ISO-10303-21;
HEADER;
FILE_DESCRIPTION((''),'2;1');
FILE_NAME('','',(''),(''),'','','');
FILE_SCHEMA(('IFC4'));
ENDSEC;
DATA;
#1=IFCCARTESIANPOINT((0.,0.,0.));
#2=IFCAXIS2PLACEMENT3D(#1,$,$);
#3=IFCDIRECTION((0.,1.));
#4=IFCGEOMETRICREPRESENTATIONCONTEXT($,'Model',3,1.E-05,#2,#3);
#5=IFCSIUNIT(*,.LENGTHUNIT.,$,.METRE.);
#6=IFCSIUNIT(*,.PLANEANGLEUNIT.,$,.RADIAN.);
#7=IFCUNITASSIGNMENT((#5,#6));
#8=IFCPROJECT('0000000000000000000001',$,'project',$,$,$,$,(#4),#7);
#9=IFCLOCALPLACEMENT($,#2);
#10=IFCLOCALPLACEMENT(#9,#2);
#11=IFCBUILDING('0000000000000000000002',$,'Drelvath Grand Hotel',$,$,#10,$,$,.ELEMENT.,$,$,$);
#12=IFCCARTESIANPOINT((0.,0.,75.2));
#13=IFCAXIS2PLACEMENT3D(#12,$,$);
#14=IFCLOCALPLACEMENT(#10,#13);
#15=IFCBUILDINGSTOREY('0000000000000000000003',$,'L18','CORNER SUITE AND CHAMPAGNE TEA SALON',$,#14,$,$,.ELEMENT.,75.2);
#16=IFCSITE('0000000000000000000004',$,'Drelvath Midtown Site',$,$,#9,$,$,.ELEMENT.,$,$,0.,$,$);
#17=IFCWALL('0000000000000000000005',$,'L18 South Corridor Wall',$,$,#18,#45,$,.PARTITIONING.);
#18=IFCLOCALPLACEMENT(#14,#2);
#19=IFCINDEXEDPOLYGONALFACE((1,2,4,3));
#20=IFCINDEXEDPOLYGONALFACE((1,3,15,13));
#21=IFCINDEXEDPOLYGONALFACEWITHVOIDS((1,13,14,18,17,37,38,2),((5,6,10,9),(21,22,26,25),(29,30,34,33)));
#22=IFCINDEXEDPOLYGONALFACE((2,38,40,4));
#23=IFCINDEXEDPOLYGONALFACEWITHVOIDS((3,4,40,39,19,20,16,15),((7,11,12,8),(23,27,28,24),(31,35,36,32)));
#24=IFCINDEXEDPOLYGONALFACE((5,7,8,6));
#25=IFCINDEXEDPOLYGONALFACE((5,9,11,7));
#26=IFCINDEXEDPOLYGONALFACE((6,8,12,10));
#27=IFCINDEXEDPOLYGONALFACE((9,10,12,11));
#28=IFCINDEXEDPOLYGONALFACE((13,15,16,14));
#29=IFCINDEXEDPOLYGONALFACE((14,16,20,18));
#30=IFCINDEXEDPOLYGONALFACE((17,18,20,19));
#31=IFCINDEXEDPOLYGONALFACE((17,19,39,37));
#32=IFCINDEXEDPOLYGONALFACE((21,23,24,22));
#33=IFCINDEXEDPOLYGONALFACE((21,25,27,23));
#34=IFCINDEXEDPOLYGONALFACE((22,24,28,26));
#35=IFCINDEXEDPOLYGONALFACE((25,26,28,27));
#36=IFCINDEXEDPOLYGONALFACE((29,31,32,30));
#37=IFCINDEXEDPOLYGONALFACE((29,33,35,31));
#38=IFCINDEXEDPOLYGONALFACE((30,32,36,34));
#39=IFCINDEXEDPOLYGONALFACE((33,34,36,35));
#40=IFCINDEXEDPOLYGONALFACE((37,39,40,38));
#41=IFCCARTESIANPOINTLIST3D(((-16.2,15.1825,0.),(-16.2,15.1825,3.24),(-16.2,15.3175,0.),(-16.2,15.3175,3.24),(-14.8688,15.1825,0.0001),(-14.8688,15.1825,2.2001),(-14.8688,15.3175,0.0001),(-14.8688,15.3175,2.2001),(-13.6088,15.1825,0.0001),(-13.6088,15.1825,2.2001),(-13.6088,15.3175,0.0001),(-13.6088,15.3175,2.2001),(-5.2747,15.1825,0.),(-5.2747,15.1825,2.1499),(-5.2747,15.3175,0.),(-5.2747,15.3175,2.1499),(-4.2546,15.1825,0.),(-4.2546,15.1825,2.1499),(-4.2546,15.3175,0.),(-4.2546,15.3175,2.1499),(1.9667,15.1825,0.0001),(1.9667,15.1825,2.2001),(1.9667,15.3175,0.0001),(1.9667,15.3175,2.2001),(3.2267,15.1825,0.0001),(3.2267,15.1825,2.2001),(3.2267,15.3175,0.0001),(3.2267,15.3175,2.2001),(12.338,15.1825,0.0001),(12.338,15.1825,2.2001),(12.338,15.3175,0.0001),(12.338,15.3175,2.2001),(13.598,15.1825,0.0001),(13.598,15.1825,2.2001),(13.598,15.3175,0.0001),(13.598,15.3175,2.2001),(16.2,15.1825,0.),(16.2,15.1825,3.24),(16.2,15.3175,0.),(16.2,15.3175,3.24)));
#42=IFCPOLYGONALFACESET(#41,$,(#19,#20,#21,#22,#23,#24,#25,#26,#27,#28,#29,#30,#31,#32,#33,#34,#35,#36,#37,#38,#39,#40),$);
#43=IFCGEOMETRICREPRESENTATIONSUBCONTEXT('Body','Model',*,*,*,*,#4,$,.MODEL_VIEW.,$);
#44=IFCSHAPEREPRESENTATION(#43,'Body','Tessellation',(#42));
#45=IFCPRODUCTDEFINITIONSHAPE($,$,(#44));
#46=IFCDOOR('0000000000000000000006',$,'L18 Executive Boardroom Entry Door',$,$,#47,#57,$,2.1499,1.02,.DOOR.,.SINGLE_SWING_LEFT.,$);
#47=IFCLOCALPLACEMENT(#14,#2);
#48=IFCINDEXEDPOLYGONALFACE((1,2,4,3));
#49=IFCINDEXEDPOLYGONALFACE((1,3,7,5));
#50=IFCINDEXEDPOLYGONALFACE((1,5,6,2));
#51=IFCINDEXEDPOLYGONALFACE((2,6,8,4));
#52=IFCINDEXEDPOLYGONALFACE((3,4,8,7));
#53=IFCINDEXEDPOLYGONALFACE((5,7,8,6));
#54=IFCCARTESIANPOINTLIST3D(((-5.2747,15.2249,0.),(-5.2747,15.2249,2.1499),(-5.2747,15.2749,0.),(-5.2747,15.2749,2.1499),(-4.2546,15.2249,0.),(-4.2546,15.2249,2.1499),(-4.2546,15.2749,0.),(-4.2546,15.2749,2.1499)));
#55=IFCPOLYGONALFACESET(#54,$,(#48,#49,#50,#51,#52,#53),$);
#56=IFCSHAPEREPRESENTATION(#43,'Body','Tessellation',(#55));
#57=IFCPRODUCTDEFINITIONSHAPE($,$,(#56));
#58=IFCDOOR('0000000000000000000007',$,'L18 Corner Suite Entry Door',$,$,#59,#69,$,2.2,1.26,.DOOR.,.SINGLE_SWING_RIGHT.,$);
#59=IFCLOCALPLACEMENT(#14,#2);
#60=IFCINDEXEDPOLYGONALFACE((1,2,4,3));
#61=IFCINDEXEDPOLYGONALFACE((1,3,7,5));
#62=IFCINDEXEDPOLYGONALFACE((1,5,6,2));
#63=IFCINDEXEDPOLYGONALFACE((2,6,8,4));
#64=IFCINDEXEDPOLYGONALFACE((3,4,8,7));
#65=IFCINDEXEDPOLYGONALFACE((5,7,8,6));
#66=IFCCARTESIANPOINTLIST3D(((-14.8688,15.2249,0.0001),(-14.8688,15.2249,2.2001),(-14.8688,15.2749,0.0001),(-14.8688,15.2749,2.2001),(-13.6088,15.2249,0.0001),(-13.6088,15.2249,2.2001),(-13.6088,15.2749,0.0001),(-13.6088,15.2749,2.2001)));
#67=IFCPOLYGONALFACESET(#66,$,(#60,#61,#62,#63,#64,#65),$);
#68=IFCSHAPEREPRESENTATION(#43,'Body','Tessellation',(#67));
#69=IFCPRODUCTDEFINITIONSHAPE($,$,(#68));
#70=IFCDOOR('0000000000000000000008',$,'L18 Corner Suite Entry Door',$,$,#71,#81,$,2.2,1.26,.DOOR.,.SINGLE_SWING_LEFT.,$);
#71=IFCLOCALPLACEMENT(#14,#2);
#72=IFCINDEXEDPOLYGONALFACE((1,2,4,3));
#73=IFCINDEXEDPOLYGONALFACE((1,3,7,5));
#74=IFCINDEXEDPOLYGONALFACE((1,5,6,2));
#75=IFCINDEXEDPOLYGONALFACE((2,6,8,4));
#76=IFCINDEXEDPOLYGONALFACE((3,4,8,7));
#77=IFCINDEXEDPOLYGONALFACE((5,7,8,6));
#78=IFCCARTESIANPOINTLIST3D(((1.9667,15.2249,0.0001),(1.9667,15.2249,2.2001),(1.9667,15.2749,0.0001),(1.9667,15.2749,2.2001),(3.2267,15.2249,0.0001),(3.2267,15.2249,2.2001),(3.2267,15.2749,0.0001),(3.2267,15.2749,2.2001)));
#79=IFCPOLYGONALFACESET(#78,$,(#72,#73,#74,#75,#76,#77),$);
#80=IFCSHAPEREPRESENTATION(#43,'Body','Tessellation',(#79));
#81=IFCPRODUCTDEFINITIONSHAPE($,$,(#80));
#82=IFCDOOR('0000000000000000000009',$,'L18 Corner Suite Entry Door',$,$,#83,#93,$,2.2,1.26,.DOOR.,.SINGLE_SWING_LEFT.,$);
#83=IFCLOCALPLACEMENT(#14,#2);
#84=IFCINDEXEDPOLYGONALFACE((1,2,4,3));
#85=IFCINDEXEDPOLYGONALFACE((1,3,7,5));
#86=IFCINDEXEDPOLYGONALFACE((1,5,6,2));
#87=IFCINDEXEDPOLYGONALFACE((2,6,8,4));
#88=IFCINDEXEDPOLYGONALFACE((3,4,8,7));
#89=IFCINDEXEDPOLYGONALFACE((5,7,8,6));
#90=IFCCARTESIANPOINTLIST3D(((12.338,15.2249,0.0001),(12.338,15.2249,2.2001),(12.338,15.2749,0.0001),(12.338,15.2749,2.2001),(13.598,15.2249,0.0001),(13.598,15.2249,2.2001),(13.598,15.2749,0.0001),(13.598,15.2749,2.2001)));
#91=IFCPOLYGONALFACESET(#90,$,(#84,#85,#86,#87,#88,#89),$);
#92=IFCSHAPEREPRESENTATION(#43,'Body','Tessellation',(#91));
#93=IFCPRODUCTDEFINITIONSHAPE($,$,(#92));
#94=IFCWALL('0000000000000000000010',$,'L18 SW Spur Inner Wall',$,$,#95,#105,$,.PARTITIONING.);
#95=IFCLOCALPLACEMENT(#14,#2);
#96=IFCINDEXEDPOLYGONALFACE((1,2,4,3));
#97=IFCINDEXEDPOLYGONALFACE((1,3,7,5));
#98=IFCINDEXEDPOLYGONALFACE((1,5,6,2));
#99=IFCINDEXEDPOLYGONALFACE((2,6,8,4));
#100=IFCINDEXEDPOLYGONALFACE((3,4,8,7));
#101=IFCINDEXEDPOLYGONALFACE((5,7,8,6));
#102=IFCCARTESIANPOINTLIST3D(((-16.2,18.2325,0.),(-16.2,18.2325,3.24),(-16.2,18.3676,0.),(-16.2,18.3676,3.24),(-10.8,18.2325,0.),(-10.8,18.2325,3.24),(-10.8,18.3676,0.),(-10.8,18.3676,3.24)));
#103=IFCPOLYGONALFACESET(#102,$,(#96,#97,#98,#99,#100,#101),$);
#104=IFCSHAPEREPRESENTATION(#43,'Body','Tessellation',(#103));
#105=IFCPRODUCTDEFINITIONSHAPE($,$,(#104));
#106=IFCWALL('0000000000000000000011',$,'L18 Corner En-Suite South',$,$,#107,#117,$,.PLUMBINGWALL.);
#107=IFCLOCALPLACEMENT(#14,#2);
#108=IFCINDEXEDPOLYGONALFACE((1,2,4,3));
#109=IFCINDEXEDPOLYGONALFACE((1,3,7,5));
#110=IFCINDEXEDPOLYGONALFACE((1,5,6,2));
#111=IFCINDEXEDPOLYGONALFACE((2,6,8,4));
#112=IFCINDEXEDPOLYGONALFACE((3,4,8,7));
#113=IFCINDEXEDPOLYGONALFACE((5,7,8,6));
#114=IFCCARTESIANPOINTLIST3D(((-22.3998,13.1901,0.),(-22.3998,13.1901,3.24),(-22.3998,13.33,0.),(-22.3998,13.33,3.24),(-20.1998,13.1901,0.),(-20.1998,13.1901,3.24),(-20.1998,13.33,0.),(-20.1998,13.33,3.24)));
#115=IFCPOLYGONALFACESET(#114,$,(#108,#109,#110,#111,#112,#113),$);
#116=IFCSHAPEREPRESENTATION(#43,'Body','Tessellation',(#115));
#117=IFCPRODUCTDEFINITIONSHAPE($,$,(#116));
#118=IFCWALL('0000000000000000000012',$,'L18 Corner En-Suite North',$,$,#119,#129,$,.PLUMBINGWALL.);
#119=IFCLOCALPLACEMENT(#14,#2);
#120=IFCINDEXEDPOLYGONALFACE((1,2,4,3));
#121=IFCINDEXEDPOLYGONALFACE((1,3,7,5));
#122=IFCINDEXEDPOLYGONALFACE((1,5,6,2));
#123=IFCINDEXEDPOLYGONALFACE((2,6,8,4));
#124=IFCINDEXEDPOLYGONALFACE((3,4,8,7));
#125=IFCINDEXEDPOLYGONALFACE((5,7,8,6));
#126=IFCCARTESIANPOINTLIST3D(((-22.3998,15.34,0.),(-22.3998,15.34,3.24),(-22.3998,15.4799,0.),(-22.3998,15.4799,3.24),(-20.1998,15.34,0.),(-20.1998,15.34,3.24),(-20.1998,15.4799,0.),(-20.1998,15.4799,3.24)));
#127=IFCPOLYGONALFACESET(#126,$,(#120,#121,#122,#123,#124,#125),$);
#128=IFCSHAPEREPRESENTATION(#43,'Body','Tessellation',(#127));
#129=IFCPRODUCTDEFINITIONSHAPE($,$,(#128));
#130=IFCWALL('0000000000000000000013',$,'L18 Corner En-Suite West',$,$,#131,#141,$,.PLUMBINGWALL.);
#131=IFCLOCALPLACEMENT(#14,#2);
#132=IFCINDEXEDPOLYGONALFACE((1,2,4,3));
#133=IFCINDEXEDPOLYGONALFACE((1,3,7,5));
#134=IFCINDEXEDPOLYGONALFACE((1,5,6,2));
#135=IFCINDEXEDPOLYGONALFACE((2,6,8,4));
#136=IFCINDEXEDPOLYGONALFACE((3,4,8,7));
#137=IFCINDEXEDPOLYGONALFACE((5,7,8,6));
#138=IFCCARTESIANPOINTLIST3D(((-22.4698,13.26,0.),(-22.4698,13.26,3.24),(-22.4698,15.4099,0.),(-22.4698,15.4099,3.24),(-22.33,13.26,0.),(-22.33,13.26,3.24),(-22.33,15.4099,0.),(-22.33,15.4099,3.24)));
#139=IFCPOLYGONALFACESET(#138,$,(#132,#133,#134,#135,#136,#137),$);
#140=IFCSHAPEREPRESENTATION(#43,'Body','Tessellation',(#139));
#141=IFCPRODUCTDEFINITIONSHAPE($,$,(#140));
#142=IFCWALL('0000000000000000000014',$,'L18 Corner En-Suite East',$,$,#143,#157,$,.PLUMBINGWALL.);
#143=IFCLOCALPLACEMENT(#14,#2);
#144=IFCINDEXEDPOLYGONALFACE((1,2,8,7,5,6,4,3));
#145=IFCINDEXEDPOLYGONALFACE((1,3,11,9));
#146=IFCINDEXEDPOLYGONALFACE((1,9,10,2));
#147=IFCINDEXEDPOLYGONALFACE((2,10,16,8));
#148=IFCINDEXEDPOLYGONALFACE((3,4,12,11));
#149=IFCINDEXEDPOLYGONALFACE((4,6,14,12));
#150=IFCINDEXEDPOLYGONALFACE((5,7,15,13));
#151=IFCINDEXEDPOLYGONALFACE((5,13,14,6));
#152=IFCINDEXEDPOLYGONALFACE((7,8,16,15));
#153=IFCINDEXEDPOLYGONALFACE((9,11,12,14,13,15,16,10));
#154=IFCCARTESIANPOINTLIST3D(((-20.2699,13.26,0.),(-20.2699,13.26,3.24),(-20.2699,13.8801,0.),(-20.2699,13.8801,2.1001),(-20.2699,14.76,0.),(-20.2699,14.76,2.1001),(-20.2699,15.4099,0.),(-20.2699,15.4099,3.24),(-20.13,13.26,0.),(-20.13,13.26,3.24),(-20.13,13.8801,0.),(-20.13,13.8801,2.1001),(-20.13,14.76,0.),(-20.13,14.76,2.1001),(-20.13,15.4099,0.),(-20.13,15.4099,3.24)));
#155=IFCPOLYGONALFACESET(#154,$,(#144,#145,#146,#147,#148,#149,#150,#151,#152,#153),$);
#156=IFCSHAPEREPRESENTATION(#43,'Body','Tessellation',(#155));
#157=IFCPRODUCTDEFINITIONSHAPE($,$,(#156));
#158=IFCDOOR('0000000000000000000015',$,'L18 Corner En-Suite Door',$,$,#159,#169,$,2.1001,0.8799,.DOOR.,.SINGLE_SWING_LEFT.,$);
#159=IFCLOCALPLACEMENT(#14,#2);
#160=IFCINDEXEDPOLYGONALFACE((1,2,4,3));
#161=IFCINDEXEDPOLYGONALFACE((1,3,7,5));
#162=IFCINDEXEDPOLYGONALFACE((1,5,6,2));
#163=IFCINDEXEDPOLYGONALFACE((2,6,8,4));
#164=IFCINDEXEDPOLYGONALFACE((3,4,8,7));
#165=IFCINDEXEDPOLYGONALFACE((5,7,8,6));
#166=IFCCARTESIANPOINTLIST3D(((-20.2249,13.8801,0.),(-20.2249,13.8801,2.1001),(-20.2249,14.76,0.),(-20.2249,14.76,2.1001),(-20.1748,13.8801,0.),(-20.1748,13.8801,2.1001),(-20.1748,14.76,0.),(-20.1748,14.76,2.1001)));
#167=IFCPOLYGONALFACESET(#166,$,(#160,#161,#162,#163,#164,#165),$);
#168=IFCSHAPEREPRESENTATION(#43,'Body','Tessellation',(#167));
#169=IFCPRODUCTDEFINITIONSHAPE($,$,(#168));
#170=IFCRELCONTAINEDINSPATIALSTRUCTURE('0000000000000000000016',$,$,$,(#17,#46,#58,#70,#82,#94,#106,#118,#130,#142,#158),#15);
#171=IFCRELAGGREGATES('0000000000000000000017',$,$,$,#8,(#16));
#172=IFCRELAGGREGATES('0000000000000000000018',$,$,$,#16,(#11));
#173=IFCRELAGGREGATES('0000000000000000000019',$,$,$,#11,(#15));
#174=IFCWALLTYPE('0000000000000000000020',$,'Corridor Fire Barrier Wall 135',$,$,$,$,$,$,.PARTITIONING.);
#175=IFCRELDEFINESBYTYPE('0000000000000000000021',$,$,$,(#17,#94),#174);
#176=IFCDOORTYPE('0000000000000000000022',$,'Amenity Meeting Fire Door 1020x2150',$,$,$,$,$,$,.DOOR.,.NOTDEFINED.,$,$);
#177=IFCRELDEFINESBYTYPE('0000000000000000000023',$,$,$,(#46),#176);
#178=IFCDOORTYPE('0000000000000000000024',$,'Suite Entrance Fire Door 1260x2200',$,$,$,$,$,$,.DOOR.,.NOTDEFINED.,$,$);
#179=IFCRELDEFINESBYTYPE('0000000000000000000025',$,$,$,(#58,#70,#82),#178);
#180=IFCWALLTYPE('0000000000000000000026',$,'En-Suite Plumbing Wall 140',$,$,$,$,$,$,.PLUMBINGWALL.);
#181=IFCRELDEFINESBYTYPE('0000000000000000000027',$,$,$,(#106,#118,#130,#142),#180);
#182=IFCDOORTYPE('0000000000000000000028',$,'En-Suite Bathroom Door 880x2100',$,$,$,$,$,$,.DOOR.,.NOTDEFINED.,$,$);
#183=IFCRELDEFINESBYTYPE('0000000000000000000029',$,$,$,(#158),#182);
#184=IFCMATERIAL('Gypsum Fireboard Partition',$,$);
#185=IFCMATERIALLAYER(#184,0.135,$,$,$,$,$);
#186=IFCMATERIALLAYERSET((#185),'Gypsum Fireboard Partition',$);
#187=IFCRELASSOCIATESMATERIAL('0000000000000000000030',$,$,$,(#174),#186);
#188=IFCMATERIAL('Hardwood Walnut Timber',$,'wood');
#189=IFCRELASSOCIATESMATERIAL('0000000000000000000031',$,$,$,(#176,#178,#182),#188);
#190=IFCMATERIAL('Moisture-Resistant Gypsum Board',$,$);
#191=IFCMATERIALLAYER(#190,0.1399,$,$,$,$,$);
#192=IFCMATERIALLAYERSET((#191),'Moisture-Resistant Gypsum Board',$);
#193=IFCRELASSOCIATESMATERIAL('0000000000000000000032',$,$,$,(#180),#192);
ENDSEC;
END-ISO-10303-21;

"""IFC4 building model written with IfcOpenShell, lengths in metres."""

from ifc_helpers import new_model, si_unit, direction, frame, frame_2d, origin, place, context, subcontext, project, spatial, rectangle, extrude, material, layer, layer_set, type_object, element, fill, save


model = new_model("IFC4")

# Units and contexts
model_context = context("Model", 3, precision=1e-05, world=origin(), true_north=direction((0.0, 1.0)))
body_context = subcontext(model_context, "Body", "Model", "MODEL_VIEW")
ifc_project = project(units=[si_unit("LENGTHUNIT", "METRE"), si_unit("PLANEANGLEUNIT", "RADIAN")], contexts=[model_context])

# Site, building, storey
site_placement = place(None, origin())
site = spatial("IfcSite", under=ifc_project, at=site_placement, Name="Drelvath Midtown Site", CompositionType="ELEMENT", RefElevation=0.0)
building_placement = place(site_placement, origin())
building = spatial("IfcBuilding", under=site, at=building_placement, Name="Drelvath Grand Hotel", CompositionType="ELEMENT")
storey_placement = place(building_placement, frame((0.0, 0.0, 75.2)))
storey = spatial("IfcBuildingStorey", under=building, at=storey_placement, Name="L18", Description="CORNER SUITE AND CHAMPAGNE TEA SALON", CompositionType="ELEMENT", Elevation=75.2)

# Wall, openings, doors
ifc_material_1 = material(Name="Gypsum Fireboard Partition")
ifc_layer_1 = layer(ifc_material_1, 0.135)
ifc_layer_set_1 = layer_set([ifc_layer_1], Name="Gypsum Fireboard Partition")
wall_type_1 = type_object("IfcWallType", Name="Corridor Fire Barrier Wall 135", PredefinedType="PARTITIONING", material=ifc_layer_set_1)
wall_1_placement = place(storey_placement, frame((-16.2, 15.25, 0.0), z_axis=(0.0, 0.0, 1.0), x_axis=(1.0, 0.0, 0.0)))
wall_1 = element("IfcWall", 1, at=wall_1_placement, inside=storey, type_object=wall_type_1, Name="L18 South Corridor Wall", PredefinedType="PARTITIONING", context=body_context, shape_type="SweptSolid", body=[
    extrude(rectangle(XDim=32.3999, YDim=0.135, at=frame_2d((16.2, 0.0))), origin(), (0.0, 0.0, 1.0), 3.24),
])
opening_1_placement = place(wall_1_placement, frame((1.3313, 0.0, 0.0)))
opening_1 = element("IfcOpeningElement", 2, at=opening_1_placement, cuts=wall_1, PredefinedType="OPENING", context=body_context, shape_type="SweptSolid", body=[
    extrude(rectangle(XDim=1.26, YDim=2.2, at=frame_2d((0.6299, 1.1001))), frame((0.0, 0.0774, 0.0), z_axis=(0.0, -1.0, 0.0), x_axis=(1.0, 0.0, 0.0)), (0.0, 0.0, 1.0), 0.155),
])
opening_2_placement = place(wall_1_placement, frame((10.9253, 0.0, 0.0)))
opening_2 = element("IfcOpeningElement", 3, at=opening_2_placement, cuts=wall_1, PredefinedType="OPENING", context=body_context, shape_type="SweptSolid", body=[
    extrude(rectangle(XDim=1.02, YDim=2.1499, at=frame_2d((0.51, 1.075))), frame((0.0, 0.0774, 0.0), z_axis=(0.0, -1.0, 0.0), x_axis=(1.0, 0.0, 0.0)), (0.0, 0.0, 1.0), 0.155),
])
opening_3_placement = place(wall_1_placement, frame((18.1667, 0.0, 0.0)))
opening_3 = element("IfcOpeningElement", 4, at=opening_3_placement, cuts=wall_1, PredefinedType="OPENING", context=body_context, shape_type="SweptSolid", body=[
    extrude(rectangle(XDim=1.26, YDim=2.2, at=frame_2d((0.6299, 1.1001))), frame((0.0, 0.0774, 0.0), z_axis=(0.0, -1.0, 0.0), x_axis=(1.0, 0.0, 0.0)), (0.0, 0.0, 1.0), 0.155),
])
opening_4_placement = place(wall_1_placement, frame((28.5381, 0.0, 0.0)))
opening_4 = element("IfcOpeningElement", 5, at=opening_4_placement, cuts=wall_1, PredefinedType="OPENING", context=body_context, shape_type="SweptSolid", body=[
    extrude(rectangle(XDim=1.26, YDim=2.2, at=frame_2d((0.6299, 1.1001))), frame((0.0, 0.0774, 0.0), z_axis=(0.0, -1.0, 0.0), x_axis=(1.0, 0.0, 0.0)), (0.0, 0.0, 1.0), 0.155),
])
ifc_material_2 = material(Name="Hardwood Walnut Timber", Category="wood")
door_type_1 = type_object("IfcDoorType", Name="Amenity Meeting Fire Door 1020x2150", OperationType="NOTDEFINED", PredefinedType="DOOR", material=ifc_material_2)
door_1_placement = place(opening_2_placement, origin())
door_1 = element("IfcDoor", 6, at=door_1_placement, inside=storey, type_object=door_type_1, Name="L18 Executive Boardroom Entry Door", OperationType="SINGLE_SWING_LEFT", OverallHeight=2.1499, OverallWidth=1.02, PredefinedType="DOOR", context=body_context, shape_type="SweptSolid", body=[
    extrude(rectangle(XDim=1.02, YDim=2.1499, at=frame_2d((0.51, 1.075))), frame((0.0, 0.0249, 0.0), z_axis=(0.0, -1.0, 0.0), x_axis=(1.0, 0.0, 0.0)), (0.0, 0.0, 1.0), 0.05),
])
fill(opening_2, door_1)
door_type_2 = type_object("IfcDoorType", Name="Suite Entrance Fire Door 1260x2200", OperationType="NOTDEFINED", PredefinedType="DOOR", material=ifc_material_2)
door_2_placement = place(opening_1_placement, origin())
door_2 = element("IfcDoor", 7, at=door_2_placement, inside=storey, type_object=door_type_2, Name="L18 Corner Suite Entry Door", OperationType="SINGLE_SWING_RIGHT", OverallHeight=2.2, OverallWidth=1.26, PredefinedType="DOOR", context=body_context, shape_type="SweptSolid", body=[
    extrude(rectangle(XDim=1.26, YDim=2.2, at=frame_2d((0.6299, 1.1001))), frame((0.0, 0.0249, 0.0), z_axis=(0.0, -1.0, 0.0), x_axis=(1.0, 0.0, 0.0)), (0.0, 0.0, 1.0), 0.05),
])
fill(opening_1, door_2)
door_3_placement = place(opening_3_placement, origin())
door_3 = element("IfcDoor", 8, at=door_3_placement, inside=storey, type_object=door_type_2, Name="L18 Corner Suite Entry Door", OperationType="SINGLE_SWING_LEFT", OverallHeight=2.2, OverallWidth=1.26, PredefinedType="DOOR", context=body_context, shape_type="SweptSolid", body=[
    extrude(rectangle(XDim=1.26, YDim=2.2, at=frame_2d((0.6299, 1.1001))), frame((0.0, 0.0249, 0.0), z_axis=(0.0, -1.0, 0.0), x_axis=(1.0, 0.0, 0.0)), (0.0, 0.0, 1.0), 0.05),
])
fill(opening_3, door_3)
door_4_placement = place(opening_4_placement, origin())
door_4 = element("IfcDoor", 9, at=door_4_placement, inside=storey, type_object=door_type_2, Name="L18 Corner Suite Entry Door", OperationType="SINGLE_SWING_LEFT", OverallHeight=2.2, OverallWidth=1.26, PredefinedType="DOOR", context=body_context, shape_type="SweptSolid", body=[
    extrude(rectangle(XDim=1.26, YDim=2.2, at=frame_2d((0.6299, 1.1001))), frame((0.0, 0.0249, 0.0), z_axis=(0.0, -1.0, 0.0), x_axis=(1.0, 0.0, 0.0)), (0.0, 0.0, 1.0), 0.05),
])
fill(opening_4, door_4)

# Wall
wall_2_placement = place(storey_placement, frame((-16.2, 18.3, 0.0), z_axis=(0.0, 0.0, 1.0), x_axis=(1.0, 0.0, 0.0)))
element("IfcWall", 10, at=wall_2_placement, inside=storey, type_object=wall_type_1, Name="L18 SW Spur Inner Wall", PredefinedType="PARTITIONING", context=body_context, shape_type="SweptSolid", body=[
    extrude(rectangle(XDim=5.3999, YDim=0.135, at=frame_2d((2.7, 0.0))), origin(), (0.0, 0.0, 1.0), 3.24),
])

# Walls
ifc_material_3 = material(Name="Moisture-Resistant Gypsum Board")
ifc_layer_2 = layer(ifc_material_3, 0.1399)
ifc_layer_set_2 = layer_set([ifc_layer_2], Name="Moisture-Resistant Gypsum Board")
wall_type_2 = type_object("IfcWallType", Name="En-Suite Plumbing Wall 140", PredefinedType="PLUMBINGWALL", material=ifc_layer_set_2)
for number, where, z_axis, x_axis, name in (
    (11, (-22.3999, 13.26, 0.0), (0.0, 0.0, 1.0), (1.0, 0.0, 0.0), "L18 Corner En-Suite South"),
    (12, (-22.3999, 15.4099, 0.0), (0.0, 0.0, 1.0), (1.0, 0.0, 0.0), "L18 Corner En-Suite North"),
):
    element("IfcWall", number, at=place(storey_placement, frame(where, z_axis=z_axis, x_axis=x_axis)), inside=storey, type_object=wall_type_2, Name=name, PredefinedType="PLUMBINGWALL", context=body_context, shape_type="SweptSolid", body=[
        extrude(rectangle(XDim=2.2, YDim=0.1399, at=frame_2d((1.1001, 0.0))), origin(), (0.0, 0.0, 1.0), 3.24),
    ])
wall_3_placement = place(storey_placement, frame((-22.3999, 13.26, 0.0), z_axis=(0.0, 0.0, 1.0), x_axis=(0.0, 1.0, 0.0)))
element("IfcWall", 13, at=wall_3_placement, inside=storey, type_object=wall_type_2, Name="L18 Corner En-Suite West", PredefinedType="PLUMBINGWALL", context=body_context, shape_type="SweptSolid", body=[
    extrude(rectangle(XDim=2.1499, YDim=0.1399, at=frame_2d((1.075, 0.0))), origin(), (0.0, 0.0, 1.0), 3.24),
])

# Wall, opening, door
wall_4_placement = place(storey_placement, frame((-20.2, 13.26, 0.0), z_axis=(0.0, 0.0, 1.0), x_axis=(0.0, 1.0, 0.0)))
wall_4 = element("IfcWall", 14, at=wall_4_placement, inside=storey, type_object=wall_type_2, Name="L18 Corner En-Suite East", PredefinedType="PLUMBINGWALL", context=body_context, shape_type="SweptSolid", body=[
    extrude(rectangle(XDim=2.1499, YDim=0.1399, at=frame_2d((1.075, 0.0))), origin(), (0.0, 0.0, 1.0), 3.24),
])
opening_5_placement = place(wall_4_placement, frame((0.6201, 0.0, 0.0)))
opening_5 = element("IfcOpeningElement", 15, at=opening_5_placement, cuts=wall_4, PredefinedType="OPENING", context=body_context, shape_type="SweptSolid", body=[
    extrude(rectangle(XDim=0.8799, YDim=2.1001, at=frame_2d((0.4399, 1.05))), frame((0.0, 0.0798, 0.0), z_axis=(0.0, -1.0, 0.0), x_axis=(1.0, 0.0, 0.0)), (0.0, 0.0, 1.0), 0.1599),
])
door_type_3 = type_object("IfcDoorType", Name="En-Suite Bathroom Door 880x2100", OperationType="NOTDEFINED", PredefinedType="DOOR", material=ifc_material_2)
door_5_placement = place(opening_5_placement, origin())
door_5 = element("IfcDoor", 16, at=door_5_placement, inside=storey, type_object=door_type_3, Name="L18 Corner En-Suite Door", OperationType="SINGLE_SWING_LEFT", OverallHeight=2.1001, OverallWidth=0.8799, PredefinedType="DOOR", context=body_context, shape_type="SweptSolid", body=[
    extrude(rectangle(XDim=0.8799, YDim=2.1001, at=frame_2d((0.4399, 1.05))), frame((0.0, 0.0249, 0.0), z_axis=(0.0, -1.0, 0.0), x_axis=(1.0, 0.0, 0.0)), (0.0, 0.0, 1.0), 0.05),
])
fill(opening_5, door_5)

save(model, "model.ifc")
